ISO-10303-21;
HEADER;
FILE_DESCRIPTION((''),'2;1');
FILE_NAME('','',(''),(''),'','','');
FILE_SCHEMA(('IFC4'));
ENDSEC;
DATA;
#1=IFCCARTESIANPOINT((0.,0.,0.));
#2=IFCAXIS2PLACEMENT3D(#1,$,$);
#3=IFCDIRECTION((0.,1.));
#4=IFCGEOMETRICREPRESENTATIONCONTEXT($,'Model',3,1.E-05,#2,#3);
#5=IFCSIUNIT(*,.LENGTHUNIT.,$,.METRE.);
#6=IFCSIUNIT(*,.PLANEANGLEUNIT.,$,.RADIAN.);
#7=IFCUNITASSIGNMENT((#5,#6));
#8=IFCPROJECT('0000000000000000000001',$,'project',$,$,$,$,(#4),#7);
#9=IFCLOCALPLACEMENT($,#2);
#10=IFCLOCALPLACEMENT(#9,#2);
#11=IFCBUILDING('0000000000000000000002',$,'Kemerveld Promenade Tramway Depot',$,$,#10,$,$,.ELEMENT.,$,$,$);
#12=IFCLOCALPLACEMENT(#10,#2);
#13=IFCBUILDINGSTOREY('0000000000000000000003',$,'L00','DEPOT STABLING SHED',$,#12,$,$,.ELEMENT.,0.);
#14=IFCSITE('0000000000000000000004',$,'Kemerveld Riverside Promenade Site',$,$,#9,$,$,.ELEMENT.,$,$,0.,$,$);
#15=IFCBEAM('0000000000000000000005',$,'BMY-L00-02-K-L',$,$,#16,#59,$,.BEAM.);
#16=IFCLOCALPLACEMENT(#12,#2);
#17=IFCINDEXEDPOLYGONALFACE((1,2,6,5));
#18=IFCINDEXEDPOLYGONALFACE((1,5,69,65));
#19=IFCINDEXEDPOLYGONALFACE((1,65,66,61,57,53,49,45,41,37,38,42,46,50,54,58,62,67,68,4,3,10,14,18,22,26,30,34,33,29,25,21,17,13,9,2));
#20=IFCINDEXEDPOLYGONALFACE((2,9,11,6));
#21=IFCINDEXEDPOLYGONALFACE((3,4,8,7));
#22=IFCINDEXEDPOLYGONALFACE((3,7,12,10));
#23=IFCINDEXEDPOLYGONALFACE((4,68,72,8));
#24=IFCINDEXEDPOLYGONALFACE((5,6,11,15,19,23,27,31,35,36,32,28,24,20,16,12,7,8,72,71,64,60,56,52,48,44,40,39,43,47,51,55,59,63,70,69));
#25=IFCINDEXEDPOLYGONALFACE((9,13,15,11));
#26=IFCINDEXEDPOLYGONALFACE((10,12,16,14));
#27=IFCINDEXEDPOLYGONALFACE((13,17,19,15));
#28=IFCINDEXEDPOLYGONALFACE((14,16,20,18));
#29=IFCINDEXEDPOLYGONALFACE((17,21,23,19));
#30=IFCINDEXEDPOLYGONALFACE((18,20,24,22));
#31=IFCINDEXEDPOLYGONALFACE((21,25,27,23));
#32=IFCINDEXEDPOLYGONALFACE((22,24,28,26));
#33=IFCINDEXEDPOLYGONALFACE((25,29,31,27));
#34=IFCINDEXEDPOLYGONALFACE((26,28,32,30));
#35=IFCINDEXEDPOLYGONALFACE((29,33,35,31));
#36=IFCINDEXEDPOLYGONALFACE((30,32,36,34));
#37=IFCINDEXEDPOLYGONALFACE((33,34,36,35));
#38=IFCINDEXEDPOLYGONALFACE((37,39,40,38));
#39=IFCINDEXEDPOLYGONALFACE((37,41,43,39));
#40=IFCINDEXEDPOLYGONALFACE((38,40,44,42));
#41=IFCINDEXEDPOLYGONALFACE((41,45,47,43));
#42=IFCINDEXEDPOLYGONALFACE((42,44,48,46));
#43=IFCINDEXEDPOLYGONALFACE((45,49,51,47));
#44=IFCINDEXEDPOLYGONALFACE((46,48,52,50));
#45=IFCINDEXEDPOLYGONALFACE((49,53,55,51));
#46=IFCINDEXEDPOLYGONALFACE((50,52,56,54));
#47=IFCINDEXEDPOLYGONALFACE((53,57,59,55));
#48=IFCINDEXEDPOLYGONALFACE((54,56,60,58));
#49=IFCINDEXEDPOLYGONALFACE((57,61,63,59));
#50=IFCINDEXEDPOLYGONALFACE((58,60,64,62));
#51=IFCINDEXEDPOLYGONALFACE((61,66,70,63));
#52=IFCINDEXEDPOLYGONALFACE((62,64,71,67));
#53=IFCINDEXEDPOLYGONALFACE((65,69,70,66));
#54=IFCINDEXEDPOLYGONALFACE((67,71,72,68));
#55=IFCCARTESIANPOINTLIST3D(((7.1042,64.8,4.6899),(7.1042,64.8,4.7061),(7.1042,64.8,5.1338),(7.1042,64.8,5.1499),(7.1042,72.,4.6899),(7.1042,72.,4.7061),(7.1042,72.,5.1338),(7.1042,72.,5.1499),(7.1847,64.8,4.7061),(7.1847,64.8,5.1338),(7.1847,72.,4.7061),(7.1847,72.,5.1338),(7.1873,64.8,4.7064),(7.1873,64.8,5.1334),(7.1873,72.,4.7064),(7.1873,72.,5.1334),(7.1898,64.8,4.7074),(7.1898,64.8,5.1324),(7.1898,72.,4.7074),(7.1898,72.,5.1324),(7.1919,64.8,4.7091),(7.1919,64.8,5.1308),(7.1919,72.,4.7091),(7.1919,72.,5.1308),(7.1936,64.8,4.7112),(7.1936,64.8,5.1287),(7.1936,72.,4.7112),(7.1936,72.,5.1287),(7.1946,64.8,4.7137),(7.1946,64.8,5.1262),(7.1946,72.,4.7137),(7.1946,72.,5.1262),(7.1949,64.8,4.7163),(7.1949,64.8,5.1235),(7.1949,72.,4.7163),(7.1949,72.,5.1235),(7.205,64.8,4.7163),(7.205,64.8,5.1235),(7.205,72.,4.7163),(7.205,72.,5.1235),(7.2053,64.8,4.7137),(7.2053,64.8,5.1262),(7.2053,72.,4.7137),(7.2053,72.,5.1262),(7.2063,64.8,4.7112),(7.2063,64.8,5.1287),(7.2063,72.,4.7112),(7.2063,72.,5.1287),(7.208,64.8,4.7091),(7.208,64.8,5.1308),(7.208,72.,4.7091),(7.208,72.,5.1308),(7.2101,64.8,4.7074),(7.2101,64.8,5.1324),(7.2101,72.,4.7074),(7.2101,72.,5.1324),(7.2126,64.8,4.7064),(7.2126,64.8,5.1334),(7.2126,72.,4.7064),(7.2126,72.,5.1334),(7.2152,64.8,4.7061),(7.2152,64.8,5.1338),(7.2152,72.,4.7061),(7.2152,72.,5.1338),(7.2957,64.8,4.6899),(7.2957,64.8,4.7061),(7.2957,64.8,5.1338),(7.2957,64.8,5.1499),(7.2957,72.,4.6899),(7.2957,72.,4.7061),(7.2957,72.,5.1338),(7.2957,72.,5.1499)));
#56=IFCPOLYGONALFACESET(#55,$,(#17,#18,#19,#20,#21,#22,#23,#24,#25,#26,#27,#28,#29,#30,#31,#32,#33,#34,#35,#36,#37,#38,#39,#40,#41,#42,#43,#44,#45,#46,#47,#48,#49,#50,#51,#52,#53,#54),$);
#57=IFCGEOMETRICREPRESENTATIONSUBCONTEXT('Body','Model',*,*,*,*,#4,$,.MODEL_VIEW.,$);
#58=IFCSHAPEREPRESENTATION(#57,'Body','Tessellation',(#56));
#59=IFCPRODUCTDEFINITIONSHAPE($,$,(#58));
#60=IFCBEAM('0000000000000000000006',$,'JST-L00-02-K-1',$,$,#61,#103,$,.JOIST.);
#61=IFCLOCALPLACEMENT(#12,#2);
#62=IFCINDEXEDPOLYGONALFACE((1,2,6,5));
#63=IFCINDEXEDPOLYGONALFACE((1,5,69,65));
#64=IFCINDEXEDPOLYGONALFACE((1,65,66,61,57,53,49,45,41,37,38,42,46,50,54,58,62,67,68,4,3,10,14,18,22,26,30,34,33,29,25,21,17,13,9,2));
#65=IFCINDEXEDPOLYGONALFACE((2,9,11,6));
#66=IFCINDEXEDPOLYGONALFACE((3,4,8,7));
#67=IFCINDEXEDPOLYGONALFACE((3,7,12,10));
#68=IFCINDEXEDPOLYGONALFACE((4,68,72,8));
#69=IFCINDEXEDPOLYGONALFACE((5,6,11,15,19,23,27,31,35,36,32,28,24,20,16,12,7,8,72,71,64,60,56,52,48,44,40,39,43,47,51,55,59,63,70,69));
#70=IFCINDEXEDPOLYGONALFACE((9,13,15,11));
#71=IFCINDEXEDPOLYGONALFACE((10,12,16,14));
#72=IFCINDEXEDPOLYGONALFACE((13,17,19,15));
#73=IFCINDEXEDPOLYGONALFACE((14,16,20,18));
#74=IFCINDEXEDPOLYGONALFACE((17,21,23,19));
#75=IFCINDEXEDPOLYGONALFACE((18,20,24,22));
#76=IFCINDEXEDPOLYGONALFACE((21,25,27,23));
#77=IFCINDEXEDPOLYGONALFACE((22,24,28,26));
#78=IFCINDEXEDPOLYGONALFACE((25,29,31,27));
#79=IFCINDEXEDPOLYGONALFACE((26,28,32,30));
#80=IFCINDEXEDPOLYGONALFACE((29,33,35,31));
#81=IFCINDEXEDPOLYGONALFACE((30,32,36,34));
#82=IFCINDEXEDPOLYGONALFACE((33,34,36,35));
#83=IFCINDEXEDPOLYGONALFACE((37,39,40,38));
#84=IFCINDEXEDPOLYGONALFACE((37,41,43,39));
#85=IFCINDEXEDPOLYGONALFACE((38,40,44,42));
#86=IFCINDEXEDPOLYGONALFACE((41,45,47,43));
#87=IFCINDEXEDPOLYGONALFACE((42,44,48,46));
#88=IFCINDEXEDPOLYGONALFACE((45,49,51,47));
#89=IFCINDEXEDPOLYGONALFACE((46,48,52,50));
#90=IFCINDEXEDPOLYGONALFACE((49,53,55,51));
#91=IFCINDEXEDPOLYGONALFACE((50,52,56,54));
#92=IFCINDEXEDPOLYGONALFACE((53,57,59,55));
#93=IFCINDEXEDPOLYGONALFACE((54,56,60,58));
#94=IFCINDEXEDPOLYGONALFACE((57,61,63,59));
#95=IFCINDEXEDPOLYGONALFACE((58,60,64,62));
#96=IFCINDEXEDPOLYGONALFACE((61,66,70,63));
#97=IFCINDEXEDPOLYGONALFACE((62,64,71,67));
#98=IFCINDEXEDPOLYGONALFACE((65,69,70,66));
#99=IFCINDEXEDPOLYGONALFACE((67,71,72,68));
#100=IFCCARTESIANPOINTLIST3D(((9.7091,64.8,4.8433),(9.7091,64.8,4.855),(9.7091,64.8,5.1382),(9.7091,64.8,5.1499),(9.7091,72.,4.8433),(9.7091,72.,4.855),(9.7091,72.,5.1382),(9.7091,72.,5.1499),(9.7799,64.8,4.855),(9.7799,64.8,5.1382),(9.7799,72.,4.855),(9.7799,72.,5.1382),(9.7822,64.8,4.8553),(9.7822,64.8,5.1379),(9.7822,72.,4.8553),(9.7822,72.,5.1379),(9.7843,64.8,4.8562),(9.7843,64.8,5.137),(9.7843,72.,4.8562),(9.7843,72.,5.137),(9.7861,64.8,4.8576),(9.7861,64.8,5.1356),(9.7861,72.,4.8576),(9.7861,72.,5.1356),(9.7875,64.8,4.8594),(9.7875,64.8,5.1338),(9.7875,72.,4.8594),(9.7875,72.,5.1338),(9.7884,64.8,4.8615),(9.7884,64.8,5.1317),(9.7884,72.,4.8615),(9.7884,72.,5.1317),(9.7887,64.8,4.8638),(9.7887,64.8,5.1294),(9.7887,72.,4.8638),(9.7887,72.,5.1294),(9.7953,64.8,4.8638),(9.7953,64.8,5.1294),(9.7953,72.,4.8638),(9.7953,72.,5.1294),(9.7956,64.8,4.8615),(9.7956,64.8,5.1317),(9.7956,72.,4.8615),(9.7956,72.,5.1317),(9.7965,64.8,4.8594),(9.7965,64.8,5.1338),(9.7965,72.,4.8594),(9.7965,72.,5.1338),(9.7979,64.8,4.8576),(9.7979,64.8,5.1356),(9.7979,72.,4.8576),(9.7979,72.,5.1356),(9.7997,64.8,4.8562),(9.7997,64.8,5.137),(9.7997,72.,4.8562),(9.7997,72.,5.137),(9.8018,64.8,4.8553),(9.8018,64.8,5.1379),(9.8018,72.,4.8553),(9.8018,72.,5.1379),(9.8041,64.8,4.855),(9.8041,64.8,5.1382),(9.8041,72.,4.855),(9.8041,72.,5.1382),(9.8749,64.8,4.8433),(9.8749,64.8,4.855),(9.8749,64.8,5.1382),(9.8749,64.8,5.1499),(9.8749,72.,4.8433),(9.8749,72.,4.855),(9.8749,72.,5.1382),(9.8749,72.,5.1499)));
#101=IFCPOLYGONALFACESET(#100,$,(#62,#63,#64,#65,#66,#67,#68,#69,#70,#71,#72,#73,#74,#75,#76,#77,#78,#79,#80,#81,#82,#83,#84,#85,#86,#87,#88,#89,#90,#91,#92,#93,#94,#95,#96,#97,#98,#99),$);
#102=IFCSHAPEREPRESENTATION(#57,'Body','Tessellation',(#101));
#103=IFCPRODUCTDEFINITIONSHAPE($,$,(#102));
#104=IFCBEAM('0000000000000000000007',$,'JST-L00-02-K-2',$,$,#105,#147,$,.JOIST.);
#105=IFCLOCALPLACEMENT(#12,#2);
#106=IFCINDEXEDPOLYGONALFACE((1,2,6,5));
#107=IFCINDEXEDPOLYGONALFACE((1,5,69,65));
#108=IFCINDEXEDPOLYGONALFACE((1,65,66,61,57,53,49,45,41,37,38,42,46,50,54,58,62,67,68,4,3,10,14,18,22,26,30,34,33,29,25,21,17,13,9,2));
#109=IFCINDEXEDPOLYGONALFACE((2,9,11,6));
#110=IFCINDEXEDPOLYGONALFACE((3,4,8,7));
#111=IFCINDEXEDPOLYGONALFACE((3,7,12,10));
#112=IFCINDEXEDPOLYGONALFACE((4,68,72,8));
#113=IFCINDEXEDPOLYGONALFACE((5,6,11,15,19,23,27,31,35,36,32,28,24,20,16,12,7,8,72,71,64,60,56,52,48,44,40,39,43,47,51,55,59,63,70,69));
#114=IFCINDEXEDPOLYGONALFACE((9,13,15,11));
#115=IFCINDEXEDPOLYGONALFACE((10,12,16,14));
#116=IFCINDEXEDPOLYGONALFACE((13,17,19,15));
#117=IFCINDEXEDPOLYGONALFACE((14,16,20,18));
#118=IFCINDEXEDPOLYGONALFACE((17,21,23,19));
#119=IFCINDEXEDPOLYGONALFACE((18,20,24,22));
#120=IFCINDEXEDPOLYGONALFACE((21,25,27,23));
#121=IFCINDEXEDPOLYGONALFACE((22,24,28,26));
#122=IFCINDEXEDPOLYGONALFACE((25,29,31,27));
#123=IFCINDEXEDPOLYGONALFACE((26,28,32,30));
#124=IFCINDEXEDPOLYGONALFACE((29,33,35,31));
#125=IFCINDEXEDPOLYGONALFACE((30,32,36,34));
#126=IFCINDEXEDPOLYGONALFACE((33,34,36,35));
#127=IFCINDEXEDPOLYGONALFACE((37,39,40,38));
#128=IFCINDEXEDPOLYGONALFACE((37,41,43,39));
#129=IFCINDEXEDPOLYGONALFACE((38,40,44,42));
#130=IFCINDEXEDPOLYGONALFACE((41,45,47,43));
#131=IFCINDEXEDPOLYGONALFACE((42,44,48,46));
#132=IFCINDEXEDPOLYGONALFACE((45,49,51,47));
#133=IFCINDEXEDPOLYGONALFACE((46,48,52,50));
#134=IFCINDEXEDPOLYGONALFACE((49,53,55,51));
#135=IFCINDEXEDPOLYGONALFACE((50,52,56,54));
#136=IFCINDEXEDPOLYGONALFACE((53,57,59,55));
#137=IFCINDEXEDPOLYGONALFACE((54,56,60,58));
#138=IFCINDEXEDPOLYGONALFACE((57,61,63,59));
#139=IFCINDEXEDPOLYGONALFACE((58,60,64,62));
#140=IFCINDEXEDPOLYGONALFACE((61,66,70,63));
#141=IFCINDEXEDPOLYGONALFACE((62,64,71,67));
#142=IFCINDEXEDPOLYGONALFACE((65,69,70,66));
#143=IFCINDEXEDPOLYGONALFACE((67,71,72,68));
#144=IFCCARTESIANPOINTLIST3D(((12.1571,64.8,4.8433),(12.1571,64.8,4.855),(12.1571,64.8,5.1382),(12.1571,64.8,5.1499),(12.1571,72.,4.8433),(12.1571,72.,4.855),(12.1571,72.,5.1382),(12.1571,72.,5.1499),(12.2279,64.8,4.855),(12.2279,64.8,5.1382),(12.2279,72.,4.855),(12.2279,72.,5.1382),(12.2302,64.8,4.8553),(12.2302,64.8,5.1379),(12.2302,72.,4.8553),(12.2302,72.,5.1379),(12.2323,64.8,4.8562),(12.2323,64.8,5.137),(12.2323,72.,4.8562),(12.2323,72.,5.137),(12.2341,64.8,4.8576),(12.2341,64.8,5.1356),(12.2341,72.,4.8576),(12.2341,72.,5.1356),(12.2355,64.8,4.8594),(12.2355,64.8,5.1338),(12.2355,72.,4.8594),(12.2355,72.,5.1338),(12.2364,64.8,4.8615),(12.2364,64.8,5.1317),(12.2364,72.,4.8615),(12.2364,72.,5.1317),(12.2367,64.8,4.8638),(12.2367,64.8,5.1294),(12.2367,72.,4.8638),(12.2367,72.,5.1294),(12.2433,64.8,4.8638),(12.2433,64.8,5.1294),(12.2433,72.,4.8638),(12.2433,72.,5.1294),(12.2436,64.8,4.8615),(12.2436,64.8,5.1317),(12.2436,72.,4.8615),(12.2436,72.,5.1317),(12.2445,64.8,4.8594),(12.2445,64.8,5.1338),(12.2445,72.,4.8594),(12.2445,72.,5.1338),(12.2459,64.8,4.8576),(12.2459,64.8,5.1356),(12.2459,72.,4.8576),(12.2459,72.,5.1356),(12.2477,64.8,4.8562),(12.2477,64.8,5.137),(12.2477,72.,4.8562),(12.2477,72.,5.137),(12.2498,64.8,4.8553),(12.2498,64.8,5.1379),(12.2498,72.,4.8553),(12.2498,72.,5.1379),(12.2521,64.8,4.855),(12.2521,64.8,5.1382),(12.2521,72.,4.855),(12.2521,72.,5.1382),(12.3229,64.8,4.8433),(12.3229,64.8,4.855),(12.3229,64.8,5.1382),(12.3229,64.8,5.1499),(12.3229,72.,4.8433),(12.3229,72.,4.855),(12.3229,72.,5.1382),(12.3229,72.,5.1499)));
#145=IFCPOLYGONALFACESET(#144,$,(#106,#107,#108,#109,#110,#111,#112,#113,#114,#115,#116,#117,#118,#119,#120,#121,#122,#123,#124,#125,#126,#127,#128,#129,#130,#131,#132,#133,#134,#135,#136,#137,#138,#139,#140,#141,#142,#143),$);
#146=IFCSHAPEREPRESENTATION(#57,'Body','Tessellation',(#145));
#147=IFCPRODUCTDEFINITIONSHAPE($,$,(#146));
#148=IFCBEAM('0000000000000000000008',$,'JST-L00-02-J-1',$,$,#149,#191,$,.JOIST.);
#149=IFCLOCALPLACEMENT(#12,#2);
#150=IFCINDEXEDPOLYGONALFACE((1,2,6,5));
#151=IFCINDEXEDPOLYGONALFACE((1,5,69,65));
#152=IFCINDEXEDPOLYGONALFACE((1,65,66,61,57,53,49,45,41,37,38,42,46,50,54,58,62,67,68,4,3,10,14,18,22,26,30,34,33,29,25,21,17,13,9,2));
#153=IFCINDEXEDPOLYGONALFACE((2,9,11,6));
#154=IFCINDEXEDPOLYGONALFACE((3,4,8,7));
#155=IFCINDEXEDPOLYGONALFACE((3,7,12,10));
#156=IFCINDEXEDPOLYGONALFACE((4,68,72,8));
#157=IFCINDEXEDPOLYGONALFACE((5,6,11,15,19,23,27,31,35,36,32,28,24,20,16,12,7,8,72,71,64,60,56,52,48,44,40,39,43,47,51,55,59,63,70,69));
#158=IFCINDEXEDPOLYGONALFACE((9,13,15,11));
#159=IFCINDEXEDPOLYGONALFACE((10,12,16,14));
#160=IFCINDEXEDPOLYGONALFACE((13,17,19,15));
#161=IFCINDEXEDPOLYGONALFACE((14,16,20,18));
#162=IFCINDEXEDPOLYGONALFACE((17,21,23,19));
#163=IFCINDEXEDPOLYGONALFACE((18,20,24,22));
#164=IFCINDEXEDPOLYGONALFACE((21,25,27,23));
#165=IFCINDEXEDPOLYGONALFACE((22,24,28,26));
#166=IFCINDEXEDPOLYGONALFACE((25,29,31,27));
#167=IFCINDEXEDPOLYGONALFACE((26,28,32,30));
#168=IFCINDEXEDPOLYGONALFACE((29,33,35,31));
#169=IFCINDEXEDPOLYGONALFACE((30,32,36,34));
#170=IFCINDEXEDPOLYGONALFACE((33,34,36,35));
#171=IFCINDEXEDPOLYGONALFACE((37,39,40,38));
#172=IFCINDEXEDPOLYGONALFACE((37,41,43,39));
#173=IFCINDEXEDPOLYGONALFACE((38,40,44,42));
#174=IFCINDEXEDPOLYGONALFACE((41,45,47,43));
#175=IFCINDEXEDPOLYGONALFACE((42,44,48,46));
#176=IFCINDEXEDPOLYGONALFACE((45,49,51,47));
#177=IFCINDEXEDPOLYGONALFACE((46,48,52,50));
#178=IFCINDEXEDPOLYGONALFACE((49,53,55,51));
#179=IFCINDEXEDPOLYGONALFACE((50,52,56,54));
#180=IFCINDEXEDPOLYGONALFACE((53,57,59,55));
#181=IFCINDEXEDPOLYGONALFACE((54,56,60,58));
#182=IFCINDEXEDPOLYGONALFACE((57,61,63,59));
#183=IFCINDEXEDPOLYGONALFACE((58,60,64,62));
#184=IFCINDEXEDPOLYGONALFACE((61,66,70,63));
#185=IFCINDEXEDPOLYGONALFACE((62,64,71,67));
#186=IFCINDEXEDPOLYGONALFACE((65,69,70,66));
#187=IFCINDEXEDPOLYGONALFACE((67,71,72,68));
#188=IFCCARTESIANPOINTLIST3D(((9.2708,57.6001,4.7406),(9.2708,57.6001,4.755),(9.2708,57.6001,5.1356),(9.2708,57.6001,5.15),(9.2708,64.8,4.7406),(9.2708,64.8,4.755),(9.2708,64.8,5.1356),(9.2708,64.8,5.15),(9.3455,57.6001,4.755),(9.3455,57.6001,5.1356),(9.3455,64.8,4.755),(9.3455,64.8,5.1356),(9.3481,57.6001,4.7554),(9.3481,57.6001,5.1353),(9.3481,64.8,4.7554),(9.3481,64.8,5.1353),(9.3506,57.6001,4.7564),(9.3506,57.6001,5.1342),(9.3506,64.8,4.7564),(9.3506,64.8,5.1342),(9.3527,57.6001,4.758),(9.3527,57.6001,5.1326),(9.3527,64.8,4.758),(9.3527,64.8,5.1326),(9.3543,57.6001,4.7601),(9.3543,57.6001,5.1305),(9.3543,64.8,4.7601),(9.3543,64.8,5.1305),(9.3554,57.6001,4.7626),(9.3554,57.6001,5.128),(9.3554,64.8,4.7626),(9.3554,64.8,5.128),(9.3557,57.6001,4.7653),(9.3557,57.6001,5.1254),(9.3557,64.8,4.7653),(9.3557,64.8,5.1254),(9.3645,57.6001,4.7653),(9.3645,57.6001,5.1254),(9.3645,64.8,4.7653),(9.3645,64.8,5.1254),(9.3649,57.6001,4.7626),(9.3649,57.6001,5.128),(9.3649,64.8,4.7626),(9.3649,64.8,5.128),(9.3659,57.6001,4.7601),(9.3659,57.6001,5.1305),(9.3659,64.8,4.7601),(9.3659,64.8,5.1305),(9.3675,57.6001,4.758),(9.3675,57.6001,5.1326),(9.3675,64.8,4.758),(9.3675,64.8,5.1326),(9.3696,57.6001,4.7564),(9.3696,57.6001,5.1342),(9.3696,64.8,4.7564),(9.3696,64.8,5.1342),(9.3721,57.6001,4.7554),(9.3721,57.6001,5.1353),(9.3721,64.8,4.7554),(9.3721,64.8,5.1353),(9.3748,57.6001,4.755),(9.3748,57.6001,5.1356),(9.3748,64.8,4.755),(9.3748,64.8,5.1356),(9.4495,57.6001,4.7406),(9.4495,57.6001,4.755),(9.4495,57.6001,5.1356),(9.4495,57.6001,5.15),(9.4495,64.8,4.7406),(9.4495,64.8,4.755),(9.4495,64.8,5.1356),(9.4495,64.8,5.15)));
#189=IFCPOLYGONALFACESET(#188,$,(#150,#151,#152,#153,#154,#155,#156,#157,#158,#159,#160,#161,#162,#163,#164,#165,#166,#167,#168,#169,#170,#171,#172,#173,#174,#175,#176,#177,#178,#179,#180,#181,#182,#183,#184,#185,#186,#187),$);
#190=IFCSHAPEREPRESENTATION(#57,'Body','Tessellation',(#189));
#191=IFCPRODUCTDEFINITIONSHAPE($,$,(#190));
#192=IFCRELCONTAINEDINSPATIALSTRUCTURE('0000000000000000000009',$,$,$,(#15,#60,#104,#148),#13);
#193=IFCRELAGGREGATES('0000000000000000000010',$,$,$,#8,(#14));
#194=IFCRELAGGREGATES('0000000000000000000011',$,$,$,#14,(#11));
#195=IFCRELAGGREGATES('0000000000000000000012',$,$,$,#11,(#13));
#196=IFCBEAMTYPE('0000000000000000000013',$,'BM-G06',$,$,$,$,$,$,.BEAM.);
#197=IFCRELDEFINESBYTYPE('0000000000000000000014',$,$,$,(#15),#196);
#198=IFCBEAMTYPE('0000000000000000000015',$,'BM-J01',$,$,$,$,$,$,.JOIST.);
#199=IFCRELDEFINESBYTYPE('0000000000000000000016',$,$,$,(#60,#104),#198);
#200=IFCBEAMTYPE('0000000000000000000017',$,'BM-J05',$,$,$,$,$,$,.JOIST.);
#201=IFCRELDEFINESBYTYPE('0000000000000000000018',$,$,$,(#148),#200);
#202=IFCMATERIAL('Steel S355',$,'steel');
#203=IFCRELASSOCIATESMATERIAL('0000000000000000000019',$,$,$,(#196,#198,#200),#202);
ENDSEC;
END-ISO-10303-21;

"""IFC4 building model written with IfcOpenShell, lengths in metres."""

from ifc_helpers import new_model, si_unit, direction, frame, origin, origin_2d, place, context, subcontext, project, spatial, i_section, extrude, material, material_profile, profile_set, type_object, element, save


model = new_model("IFC4")

# Units and contexts
model_context = context("Model", 3, precision=1e-05, world=origin(), true_north=direction((0.0, 1.0)))
body_context = subcontext(model_context, "Body", "Model", "MODEL_VIEW")
ifc_project = project(units=[si_unit("LENGTHUNIT", "METRE"), si_unit("PLANEANGLEUNIT", "RADIAN")], contexts=[model_context])

# Site, building, storey
site_placement = place(None, origin())
site = spatial("IfcSite", under=ifc_project, at=site_placement, Name="Kemerveld Riverside Promenade Site", CompositionType="ELEMENT", RefElevation=0.0)
building_placement = place(site_placement, origin())
building = spatial("IfcBuilding", under=site, at=building_placement, Name="Kemerveld Promenade Tramway Depot", CompositionType="ELEMENT")
storey_placement = place(building_placement, origin())
storey = spatial("IfcBuildingStorey", under=building, at=storey_placement, Name="L00", Description="DEPOT STABLING SHED", CompositionType="ELEMENT", Elevation=0.0)

# Shared definitions
ifc_material_1 = material(Name="Steel S355", Category="steel")

# Beams
ifc_material_profile_1 = material_profile(ifc_material_1, i_section(OverallWidth=0.1914, OverallDepth=0.46, WebThickness=0.01, FlangeThickness=0.0161, FilletRadius=0.0103, at=origin_2d()), Name="457x191x82 UB")
ifc_profile_set_1 = profile_set([ifc_material_profile_1], Name="Steel S355")
beam_type_1 = type_object("IfcBeamType", Name="BM-G06", PredefinedType="BEAM", material=ifc_profile_set_1)
for number, where, z_axis, x_axis, name in (
    (1, (7.2, 64.8, 4.9199), (0.0, 1.0, 0.0), (-1.0, 0.0, 0.0), "BMY-L00-02-K-L"),
):
    element("IfcBeam", number, at=place(storey_placement, frame(where, z_axis=z_axis, x_axis=x_axis)), inside=storey, type_object=beam_type_1, Name=name, PredefinedType="BEAM", context=body_context, shape_type="SweptSolid", body=[
        extrude(i_section(OverallWidth=0.1914, OverallDepth=0.46, WebThickness=0.01, FlangeThickness=0.0161, FilletRadius=0.0103, at=origin_2d()), origin(), (0.0, 0.0, 1.0), 7.2),
    ])
ifc_material_profile_2 = material_profile(ifc_material_1, i_section(OverallWidth=0.1658, OverallDepth=0.3066, WebThickness=0.0066, FlangeThickness=0.0117, FilletRadius=0.0088, at=origin_2d()), Name="305x165x46 UB")
ifc_profile_set_2 = profile_set([ifc_material_profile_2], Name="Steel S355")
beam_type_2 = type_object("IfcBeamType", Name="BM-J01", PredefinedType="JOIST", material=ifc_profile_set_2)
for number, where, z_axis, x_axis, name in (
    (2, (9.792, 64.8, 4.9966), (0.0, 1.0, 0.0), (-1.0, 0.0, 0.0), "JST-L00-02-K-1"),
    (3, (12.24, 64.8, 4.9966), (0.0, 1.0, 0.0), (-1.0, 0.0, 0.0), "JST-L00-02-K-2"),
):
    element("IfcBeam", number, at=place(storey_placement, frame(where, z_axis=z_axis, x_axis=x_axis)), inside=storey, type_object=beam_type_2, Name=name, PredefinedType="JOIST", context=body_context, shape_type="SweptSolid", body=[
        extrude(i_section(OverallWidth=0.1658, OverallDepth=0.3066, WebThickness=0.0066, FlangeThickness=0.0117, FilletRadius=0.0088, at=origin_2d()), origin(), (0.0, 0.0, 1.0), 7.2),
    ])
ifc_material_profile_3 = material_profile(ifc_material_1, i_section(OverallWidth=0.1787, OverallDepth=0.4094, WebThickness=0.0088, FlangeThickness=0.0144, FilletRadius=0.0103, at=origin_2d()), Name="406x178x67 UB")
ifc_profile_set_3 = profile_set([ifc_material_profile_3], Name="Steel S355")
beam_type_3 = type_object("IfcBeamType", Name="BM-J05", PredefinedType="JOIST", material=ifc_profile_set_3)
for number, where, z_axis, x_axis, name in (
    (4, (9.3601, 57.6001, 4.9453), (0.0, 1.0, 0.0), (-1.0, 0.0, 0.0), "JST-L00-02-J-1"),
):
    element("IfcBeam", number, at=place(storey_placement, frame(where, z_axis=z_axis, x_axis=x_axis)), inside=storey, type_object=beam_type_3, Name=name, PredefinedType="JOIST", context=body_context, shape_type="SweptSolid", body=[
        extrude(i_section(OverallWidth=0.1787, OverallDepth=0.4094, WebThickness=0.0088, FlangeThickness=0.0144, FilletRadius=0.0103, at=origin_2d()), origin(), (0.0, 0.0, 1.0), 7.2),
    ])

save(model, "model.ifc")
